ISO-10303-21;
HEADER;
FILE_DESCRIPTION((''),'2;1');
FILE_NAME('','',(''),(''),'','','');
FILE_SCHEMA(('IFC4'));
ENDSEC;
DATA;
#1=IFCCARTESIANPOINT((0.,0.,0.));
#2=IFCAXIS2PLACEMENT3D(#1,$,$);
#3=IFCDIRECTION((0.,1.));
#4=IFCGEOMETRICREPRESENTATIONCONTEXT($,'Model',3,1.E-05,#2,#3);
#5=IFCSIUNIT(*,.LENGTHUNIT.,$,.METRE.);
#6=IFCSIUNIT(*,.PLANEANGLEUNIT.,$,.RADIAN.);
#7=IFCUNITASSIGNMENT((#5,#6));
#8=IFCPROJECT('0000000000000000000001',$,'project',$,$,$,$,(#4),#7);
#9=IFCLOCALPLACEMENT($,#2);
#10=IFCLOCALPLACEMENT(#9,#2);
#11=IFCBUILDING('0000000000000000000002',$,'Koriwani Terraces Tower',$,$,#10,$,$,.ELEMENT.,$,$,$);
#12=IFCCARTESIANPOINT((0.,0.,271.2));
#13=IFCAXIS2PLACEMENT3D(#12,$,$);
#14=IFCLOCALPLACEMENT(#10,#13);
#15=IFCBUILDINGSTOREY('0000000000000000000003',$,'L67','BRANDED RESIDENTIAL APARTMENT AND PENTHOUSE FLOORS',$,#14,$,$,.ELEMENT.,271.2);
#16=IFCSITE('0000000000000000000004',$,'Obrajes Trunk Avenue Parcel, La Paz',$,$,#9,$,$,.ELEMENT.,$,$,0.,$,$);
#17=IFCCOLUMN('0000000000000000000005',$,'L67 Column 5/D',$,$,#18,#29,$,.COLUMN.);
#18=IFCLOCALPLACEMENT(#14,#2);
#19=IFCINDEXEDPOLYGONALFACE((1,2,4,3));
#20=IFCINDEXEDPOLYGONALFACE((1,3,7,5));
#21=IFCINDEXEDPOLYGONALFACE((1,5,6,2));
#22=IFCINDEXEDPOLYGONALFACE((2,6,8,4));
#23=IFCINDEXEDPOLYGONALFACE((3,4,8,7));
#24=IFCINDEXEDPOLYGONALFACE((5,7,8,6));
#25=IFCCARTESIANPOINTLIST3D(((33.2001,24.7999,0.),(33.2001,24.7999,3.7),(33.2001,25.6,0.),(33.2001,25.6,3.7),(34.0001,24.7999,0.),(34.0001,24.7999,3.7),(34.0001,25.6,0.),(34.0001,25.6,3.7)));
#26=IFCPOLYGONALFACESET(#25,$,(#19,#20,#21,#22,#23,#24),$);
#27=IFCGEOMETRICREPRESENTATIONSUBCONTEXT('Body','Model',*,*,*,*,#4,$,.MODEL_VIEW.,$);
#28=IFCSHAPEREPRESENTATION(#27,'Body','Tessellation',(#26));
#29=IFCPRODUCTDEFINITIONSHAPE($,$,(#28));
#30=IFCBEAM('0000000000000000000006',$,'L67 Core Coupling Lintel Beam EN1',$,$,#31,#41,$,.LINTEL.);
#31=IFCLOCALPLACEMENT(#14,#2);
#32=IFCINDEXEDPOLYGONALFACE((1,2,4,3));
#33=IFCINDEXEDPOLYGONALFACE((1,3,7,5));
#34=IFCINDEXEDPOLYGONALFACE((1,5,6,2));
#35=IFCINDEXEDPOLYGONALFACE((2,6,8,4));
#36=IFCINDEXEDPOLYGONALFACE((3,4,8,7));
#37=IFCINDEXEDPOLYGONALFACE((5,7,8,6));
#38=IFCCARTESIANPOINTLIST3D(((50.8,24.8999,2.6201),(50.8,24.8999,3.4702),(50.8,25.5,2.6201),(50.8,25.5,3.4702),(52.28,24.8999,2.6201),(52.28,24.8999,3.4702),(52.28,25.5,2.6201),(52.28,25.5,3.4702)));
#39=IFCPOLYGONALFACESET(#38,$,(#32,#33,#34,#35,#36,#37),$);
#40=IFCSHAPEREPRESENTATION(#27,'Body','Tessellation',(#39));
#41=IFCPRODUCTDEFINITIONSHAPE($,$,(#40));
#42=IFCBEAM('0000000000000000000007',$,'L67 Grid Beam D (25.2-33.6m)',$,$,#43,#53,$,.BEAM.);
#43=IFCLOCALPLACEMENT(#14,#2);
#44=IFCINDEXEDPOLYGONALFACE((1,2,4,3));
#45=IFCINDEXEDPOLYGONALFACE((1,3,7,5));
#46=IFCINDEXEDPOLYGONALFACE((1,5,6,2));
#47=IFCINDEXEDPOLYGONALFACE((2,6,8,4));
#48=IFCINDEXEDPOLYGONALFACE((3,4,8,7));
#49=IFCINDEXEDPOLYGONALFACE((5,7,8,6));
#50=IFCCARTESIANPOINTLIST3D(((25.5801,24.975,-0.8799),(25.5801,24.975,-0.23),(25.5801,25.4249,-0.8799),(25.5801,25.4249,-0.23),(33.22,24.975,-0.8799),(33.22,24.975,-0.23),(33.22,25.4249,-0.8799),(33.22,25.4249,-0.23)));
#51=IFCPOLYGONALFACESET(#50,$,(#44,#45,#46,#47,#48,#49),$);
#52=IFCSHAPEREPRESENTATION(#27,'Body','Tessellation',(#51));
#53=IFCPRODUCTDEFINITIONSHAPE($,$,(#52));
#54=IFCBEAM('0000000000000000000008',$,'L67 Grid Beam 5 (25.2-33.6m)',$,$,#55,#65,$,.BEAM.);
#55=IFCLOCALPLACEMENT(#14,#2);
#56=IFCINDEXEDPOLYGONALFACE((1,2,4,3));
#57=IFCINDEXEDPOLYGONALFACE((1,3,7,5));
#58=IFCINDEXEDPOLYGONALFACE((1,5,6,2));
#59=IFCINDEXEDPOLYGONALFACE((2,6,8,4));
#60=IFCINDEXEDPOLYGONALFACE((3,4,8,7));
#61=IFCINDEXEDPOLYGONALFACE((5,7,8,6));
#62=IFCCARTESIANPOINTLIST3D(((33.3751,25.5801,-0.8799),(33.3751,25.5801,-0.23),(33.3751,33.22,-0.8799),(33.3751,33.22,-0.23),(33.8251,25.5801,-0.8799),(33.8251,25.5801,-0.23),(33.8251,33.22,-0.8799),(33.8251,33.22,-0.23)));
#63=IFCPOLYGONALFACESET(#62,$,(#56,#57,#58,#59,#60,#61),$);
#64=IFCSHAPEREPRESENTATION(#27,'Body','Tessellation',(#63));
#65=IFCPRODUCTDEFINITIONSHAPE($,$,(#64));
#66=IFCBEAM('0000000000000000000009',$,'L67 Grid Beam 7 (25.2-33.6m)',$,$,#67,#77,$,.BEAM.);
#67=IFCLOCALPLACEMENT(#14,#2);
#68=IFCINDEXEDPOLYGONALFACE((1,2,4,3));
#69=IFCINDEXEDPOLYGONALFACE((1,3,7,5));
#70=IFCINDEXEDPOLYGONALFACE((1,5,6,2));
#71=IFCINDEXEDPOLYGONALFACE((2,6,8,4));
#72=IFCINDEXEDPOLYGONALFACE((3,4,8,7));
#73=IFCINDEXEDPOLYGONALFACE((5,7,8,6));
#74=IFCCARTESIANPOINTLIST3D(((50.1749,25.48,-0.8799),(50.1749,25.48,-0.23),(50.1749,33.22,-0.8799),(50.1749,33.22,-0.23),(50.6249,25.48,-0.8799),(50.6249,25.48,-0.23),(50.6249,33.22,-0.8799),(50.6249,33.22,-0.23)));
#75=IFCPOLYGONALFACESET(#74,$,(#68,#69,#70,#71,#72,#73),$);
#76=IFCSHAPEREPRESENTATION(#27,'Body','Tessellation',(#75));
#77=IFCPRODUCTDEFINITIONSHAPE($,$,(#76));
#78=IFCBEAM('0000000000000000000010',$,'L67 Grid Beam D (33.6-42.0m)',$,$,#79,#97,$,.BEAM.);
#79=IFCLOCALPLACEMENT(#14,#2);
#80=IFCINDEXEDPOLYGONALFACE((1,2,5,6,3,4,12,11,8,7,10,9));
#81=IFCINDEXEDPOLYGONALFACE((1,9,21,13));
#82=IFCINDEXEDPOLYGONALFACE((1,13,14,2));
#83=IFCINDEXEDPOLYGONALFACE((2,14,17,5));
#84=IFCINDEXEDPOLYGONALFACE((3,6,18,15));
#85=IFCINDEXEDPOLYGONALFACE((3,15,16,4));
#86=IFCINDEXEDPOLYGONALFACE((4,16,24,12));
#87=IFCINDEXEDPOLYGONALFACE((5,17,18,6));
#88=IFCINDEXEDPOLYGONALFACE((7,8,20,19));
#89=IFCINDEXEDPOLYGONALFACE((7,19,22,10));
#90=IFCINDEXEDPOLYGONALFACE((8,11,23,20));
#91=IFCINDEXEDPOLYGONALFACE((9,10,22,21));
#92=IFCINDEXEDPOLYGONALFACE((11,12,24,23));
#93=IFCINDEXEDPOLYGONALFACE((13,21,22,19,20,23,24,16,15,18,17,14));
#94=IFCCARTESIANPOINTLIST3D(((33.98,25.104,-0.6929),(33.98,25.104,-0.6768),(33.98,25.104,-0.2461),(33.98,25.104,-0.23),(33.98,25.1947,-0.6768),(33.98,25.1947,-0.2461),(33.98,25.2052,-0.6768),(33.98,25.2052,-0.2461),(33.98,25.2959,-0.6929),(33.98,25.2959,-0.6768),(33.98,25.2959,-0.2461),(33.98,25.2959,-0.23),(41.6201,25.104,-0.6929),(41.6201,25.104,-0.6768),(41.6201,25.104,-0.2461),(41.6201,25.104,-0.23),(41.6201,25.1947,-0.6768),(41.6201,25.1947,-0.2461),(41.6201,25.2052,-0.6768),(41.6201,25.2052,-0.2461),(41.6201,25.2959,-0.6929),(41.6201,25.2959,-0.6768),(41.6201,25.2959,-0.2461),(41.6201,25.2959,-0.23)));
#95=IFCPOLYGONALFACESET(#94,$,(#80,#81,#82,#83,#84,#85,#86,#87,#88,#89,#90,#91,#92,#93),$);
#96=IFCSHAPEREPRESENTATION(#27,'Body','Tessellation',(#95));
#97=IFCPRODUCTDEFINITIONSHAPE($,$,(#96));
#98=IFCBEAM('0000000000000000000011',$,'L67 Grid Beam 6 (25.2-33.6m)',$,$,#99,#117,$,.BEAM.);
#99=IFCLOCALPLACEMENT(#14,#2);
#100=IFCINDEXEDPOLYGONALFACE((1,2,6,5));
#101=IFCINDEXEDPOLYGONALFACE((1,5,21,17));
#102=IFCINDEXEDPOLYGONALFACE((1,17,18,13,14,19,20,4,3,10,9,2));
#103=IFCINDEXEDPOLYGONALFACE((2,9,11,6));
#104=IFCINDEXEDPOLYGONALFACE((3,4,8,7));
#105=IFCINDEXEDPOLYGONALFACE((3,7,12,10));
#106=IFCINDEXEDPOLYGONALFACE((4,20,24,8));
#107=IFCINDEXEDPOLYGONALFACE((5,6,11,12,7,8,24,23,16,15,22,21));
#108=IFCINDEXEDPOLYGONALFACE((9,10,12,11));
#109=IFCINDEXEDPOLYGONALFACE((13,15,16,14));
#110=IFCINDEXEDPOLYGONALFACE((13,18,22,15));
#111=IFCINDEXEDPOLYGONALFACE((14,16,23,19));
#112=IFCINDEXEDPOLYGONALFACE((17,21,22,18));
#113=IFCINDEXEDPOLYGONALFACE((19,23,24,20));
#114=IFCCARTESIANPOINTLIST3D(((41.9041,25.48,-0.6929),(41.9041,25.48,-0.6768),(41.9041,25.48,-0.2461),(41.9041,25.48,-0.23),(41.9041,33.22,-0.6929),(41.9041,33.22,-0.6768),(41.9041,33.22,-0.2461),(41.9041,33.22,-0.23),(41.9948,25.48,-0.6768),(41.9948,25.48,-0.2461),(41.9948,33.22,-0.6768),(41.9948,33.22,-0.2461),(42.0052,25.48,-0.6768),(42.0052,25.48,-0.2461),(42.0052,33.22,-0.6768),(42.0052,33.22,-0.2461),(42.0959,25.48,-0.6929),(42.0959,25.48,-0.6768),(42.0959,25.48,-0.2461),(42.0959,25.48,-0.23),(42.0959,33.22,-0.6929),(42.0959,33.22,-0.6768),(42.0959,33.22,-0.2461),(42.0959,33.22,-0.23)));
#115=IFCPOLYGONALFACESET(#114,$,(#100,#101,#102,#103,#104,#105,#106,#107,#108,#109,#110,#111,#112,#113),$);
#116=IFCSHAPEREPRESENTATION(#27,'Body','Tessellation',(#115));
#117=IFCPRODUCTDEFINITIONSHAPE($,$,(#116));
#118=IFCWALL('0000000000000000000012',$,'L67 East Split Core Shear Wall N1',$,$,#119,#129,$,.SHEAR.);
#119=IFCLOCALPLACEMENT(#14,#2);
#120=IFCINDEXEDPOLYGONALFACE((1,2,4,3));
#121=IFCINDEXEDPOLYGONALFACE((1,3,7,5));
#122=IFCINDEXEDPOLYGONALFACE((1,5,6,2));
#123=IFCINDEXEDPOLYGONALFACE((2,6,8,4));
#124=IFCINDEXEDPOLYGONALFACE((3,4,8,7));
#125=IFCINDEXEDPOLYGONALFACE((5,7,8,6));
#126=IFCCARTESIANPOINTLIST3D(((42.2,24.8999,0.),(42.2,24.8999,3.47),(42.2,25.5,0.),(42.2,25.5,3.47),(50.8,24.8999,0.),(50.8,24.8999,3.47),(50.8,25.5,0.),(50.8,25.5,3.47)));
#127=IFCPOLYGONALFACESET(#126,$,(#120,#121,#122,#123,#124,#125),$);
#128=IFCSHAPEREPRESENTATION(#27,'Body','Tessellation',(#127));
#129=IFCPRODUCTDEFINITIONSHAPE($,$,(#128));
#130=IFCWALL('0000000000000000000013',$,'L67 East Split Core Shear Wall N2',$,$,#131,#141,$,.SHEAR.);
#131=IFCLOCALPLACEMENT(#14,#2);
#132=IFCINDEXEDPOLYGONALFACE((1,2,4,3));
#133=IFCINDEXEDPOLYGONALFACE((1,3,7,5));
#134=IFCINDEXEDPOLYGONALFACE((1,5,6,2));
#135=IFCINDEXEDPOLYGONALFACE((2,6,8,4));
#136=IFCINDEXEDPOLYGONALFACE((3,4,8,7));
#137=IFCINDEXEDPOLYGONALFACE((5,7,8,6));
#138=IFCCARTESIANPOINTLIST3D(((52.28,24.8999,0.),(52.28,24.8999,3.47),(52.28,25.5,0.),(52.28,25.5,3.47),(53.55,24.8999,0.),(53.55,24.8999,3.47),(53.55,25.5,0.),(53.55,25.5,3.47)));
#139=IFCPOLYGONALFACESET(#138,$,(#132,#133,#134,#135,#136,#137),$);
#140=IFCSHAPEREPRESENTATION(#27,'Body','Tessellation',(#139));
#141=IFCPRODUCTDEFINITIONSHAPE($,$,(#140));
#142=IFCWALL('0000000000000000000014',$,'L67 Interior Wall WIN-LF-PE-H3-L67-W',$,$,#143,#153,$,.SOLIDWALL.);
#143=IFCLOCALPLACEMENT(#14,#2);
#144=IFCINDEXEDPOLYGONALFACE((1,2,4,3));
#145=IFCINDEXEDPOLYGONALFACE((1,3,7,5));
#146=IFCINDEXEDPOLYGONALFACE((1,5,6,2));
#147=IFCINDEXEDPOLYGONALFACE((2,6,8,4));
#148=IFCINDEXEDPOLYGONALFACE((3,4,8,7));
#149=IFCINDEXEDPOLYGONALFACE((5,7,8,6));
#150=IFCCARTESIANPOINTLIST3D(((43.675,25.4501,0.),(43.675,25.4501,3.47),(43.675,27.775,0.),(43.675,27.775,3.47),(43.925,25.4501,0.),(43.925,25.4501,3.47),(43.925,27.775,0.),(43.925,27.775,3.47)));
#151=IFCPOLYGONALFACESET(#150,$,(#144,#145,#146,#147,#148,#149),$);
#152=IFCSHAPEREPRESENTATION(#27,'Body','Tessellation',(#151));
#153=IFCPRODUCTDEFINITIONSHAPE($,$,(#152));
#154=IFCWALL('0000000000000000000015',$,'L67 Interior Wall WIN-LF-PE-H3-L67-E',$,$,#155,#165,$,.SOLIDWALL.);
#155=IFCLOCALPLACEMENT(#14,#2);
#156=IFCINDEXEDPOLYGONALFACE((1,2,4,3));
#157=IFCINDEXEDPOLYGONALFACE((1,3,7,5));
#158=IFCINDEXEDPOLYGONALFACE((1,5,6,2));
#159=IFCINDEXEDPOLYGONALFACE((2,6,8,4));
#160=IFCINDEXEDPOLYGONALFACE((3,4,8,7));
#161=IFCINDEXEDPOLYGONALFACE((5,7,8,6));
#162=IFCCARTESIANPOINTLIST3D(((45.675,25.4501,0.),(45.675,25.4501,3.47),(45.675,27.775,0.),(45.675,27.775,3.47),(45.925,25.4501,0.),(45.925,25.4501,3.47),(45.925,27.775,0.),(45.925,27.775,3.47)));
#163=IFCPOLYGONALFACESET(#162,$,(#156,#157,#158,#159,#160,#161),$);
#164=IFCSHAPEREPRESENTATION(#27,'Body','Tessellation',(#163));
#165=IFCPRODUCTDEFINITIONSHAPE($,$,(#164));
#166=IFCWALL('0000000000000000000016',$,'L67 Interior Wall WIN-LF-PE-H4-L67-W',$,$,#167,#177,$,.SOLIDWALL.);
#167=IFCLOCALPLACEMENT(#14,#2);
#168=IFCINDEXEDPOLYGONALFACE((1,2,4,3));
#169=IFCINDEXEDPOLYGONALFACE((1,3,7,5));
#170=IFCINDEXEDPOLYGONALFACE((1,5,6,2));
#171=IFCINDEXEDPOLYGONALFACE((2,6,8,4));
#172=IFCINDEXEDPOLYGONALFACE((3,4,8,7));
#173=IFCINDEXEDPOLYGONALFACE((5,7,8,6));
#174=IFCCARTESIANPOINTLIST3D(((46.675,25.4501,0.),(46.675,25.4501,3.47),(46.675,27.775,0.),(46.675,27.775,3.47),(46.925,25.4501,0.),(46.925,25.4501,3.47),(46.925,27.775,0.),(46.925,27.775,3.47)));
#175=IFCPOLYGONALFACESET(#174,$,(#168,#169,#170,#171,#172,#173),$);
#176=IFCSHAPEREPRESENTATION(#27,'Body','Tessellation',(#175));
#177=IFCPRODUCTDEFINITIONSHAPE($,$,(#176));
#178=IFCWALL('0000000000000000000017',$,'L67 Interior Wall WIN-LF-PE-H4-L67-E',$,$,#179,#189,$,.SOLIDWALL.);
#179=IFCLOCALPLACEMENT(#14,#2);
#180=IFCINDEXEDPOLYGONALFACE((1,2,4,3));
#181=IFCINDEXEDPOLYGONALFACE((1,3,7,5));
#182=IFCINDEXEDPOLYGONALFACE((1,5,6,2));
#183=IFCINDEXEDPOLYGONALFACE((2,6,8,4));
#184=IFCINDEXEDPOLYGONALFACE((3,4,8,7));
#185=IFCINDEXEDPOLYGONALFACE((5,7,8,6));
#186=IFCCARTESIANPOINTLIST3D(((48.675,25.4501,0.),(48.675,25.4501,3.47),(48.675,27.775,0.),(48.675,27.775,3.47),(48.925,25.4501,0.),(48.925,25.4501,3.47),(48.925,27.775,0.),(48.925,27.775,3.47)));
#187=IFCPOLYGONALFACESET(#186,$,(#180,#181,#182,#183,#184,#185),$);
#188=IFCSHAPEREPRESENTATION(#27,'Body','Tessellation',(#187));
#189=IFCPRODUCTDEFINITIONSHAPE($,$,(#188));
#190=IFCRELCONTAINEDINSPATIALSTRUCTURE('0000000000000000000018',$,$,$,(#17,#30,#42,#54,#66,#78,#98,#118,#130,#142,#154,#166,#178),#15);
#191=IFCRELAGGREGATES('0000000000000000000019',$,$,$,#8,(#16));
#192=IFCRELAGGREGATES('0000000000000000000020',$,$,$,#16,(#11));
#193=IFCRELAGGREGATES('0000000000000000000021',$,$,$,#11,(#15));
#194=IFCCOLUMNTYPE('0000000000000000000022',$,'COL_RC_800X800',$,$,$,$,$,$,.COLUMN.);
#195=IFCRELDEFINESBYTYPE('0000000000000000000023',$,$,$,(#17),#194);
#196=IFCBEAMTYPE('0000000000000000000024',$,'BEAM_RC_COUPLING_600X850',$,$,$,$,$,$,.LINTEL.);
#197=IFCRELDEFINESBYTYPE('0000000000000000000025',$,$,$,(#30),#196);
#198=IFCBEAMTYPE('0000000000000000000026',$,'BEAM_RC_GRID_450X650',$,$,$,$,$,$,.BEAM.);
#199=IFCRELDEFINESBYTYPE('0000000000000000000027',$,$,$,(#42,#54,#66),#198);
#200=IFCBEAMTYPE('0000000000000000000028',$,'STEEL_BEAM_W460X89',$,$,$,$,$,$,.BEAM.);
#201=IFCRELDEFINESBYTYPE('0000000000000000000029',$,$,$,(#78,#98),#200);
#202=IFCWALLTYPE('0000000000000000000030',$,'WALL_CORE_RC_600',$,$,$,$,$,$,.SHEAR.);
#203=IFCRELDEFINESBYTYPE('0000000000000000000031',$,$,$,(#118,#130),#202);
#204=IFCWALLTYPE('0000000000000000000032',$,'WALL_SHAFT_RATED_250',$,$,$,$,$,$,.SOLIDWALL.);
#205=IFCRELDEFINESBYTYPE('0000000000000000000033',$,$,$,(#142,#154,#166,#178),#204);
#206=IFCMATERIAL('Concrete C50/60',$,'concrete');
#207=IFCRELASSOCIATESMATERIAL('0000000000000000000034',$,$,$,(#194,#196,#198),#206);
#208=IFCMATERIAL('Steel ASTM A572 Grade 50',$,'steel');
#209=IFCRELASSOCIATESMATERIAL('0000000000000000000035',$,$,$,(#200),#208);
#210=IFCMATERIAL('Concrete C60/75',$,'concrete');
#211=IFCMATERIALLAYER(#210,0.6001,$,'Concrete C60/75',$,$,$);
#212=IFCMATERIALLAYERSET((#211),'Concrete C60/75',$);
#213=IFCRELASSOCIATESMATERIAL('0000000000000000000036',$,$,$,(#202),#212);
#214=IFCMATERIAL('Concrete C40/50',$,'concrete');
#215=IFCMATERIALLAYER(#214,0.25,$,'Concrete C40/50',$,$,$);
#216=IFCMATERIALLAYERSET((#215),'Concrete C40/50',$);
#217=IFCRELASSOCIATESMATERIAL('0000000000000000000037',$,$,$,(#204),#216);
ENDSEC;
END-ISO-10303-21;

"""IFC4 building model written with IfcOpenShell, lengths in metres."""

from ifc_helpers import new_model, si_unit, direction, frame, frame_2d, origin, origin_2d, place, context, subcontext, project, spatial, rectangle, i_section, extrude, material, layer, layer_set, material_profile, profile_set, type_object, element, save


model = new_model("IFC4")

# Units and contexts
model_context = context("Model", 3, precision=1e-05, world=origin(), true_north=direction((0.0, 1.0)))
body_context = subcontext(model_context, "Body", "Model", "MODEL_VIEW")
ifc_project = project(units=[si_unit("LENGTHUNIT", "METRE"), si_unit("PLANEANGLEUNIT", "RADIAN")], contexts=[model_context])

# Site, building, storey
site_placement = place(None, origin())
site = spatial("IfcSite", under=ifc_project, at=site_placement, Name="Obrajes Trunk Avenue Parcel, La Paz", CompositionType="ELEMENT", RefElevation=0.0)
building_placement = place(site_placement, origin())
building = spatial("IfcBuilding", under=site, at=building_placement, Name="Koriwani Terraces Tower", CompositionType="ELEMENT")
storey_placement = place(building_placement, frame((0.0, 0.0, 271.2)))
storey = spatial("IfcBuildingStorey", under=building, at=storey_placement, Name="L67", Description="BRANDED RESIDENTIAL APARTMENT AND PENTHOUSE FLOORS", CompositionType="ELEMENT", Elevation=271.2)

# Column
ifc_material_1 = material(Name="Concrete C50/60", Category="concrete")
ifc_material_profile_1 = material_profile(ifc_material_1, rectangle(XDim=0.8, YDim=0.8, at=origin_2d()), Name="Concrete C50/60", Category="LoadBearing")
ifc_profile_set_1 = profile_set([ifc_material_profile_1], Name="Concrete C50/60")
column_type = type_object("IfcColumnType", Name="COL_RC_800X800", PredefinedType="COLUMN", material=ifc_profile_set_1)
column_placement = place(storey_placement, frame((33.6001, 25.2, 0.0), z_axis=(0.0, 0.0, 1.0), x_axis=(1.0, 0.0, 0.0)))
element("IfcColumn", 1, at=column_placement, inside=storey, type_object=column_type, Name="L67 Column 5/D", PredefinedType="COLUMN", context=body_context, shape_type="SweptSolid", body=[
    extrude(rectangle(XDim=0.8, YDim=0.8, at=origin_2d()), origin(), (0.0, 0.0, 1.0), 3.7),
])

# Beams
ifc_material_profile_2 = material_profile(ifc_material_1, rectangle(XDim=0.6001, YDim=0.8501, at=origin_2d()), Name="Concrete C50/60", Category="LoadBearing")
ifc_profile_set_2 = profile_set([ifc_material_profile_2], Name="Concrete C50/60")
beam_type_1 = type_object("IfcBeamType", Name="BEAM_RC_COUPLING_600X850", PredefinedType="LINTEL", material=ifc_profile_set_2)
beam_1_placement = place(storey_placement, frame((50.8, 25.2, 3.0452), z_axis=(1.0, 0.0, 0.0), x_axis=(0.0, 1.0, 0.0)))
element("IfcBeam", 2, at=beam_1_placement, inside=storey, type_object=beam_type_1, Name="L67 Core Coupling Lintel Beam EN1", PredefinedType="LINTEL", context=body_context, shape_type="SweptSolid", body=[
    extrude(rectangle(XDim=0.6001, YDim=0.8501, at=origin_2d()), origin(), (0.0, 0.0, 1.0), 1.48),
])
ifc_material_profile_3 = material_profile(ifc_material_1, rectangle(XDim=0.45, YDim=0.6499, at=origin_2d()), Name="Concrete C50/60", Category="LoadBearing")
ifc_profile_set_3 = profile_set([ifc_material_profile_3], Name="Concrete C50/60")
beam_type_2 = type_object("IfcBeamType", Name="BEAM_RC_GRID_450X650", PredefinedType="BEAM", material=ifc_profile_set_3)
for number, where, z_axis, x_axis, name in (
    (3, (25.5801, 25.2, -0.5549), (1.0, 0.0, 0.0), (0.0, 1.0, 0.0), "L67 Grid Beam D (25.2-33.6m)"),
    (4, (33.6001, 25.5801, -0.5549), (0.0, 1.0, 0.0), (-1.0, 0.0, 0.0), "L67 Grid Beam 5 (25.2-33.6m)"),
):
    element("IfcBeam", number, at=place(storey_placement, frame(where, z_axis=z_axis, x_axis=x_axis)), inside=storey, type_object=beam_type_2, Name=name, PredefinedType="BEAM", context=body_context, shape_type="SweptSolid", body=[
        extrude(rectangle(XDim=0.45, YDim=0.6499, at=origin_2d()), origin(), (0.0, 0.0, 1.0), 7.6399),
    ])
beam_2_placement = place(storey_placement, frame((50.3999, 25.48, -0.5549), z_axis=(0.0, 1.0, 0.0), x_axis=(-1.0, 0.0, 0.0)))
element("IfcBeam", 5, at=beam_2_placement, inside=storey, type_object=beam_type_2, Name="L67 Grid Beam 7 (25.2-33.6m)", PredefinedType="BEAM", context=body_context, shape_type="SweptSolid", body=[
    extrude(rectangle(XDim=0.45, YDim=0.6499, at=origin_2d()), origin(), (0.0, 0.0, 1.0), 7.74),
])
ifc_material_2 = material(Name="Steel ASTM A572 Grade 50", Category="steel")
ifc_material_profile_4 = material_profile(ifc_material_2, i_section(OverallWidth=0.1919, OverallDepth=0.4629, WebThickness=0.0105, FlangeThickness=0.0161, at=origin_2d()), Name="Steel ASTM A572 Grade 50", Category="LoadBearing")
ifc_profile_set_4 = profile_set([ifc_material_profile_4], Name="Steel ASTM A572 Grade 50")
beam_type_3 = type_object("IfcBeamType", Name="STEEL_BEAM_W460X89", PredefinedType="BEAM", material=ifc_profile_set_4)
beam_3_placement = place(storey_placement, frame((33.98, 25.2, -0.4614), z_axis=(1.0, 0.0, 0.0), x_axis=(0.0, 1.0, 0.0)))
element("IfcBeam", 6, at=beam_3_placement, inside=storey, type_object=beam_type_3, Name="L67 Grid Beam D (33.6-42.0m)", PredefinedType="BEAM", context=body_context, shape_type="SweptSolid", body=[
    extrude(i_section(OverallWidth=0.1919, OverallDepth=0.4629, WebThickness=0.0105, FlangeThickness=0.0161, at=origin_2d()), origin(), (0.0, 0.0, 1.0), 7.6401),
])
beam_4_placement = place(storey_placement, frame((42.0, 25.48, -0.4614), z_axis=(0.0, 1.0, 0.0), x_axis=(-1.0, 0.0, 0.0)))
element("IfcBeam", 7, at=beam_4_placement, inside=storey, type_object=beam_type_3, Name="L67 Grid Beam 6 (25.2-33.6m)", PredefinedType="BEAM", context=body_context, shape_type="SweptSolid", body=[
    extrude(i_section(OverallWidth=0.1919, OverallDepth=0.4629, WebThickness=0.0105, FlangeThickness=0.0161, at=origin_2d()), origin(), (0.0, 0.0, 1.0), 7.74),
])

# Walls
ifc_material_3 = material(Name="Concrete C60/75", Category="concrete")
ifc_layer_1 = layer(ifc_material_3, 0.6001, Name="Concrete C60/75")
ifc_layer_set_1 = layer_set([ifc_layer_1], Name="Concrete C60/75")
wall_type_1 = type_object("IfcWallType", Name="WALL_CORE_RC_600", PredefinedType="SHEAR", material=ifc_layer_set_1)
wall_1_placement = place(storey_placement, frame((42.2, 25.2, 0.0), z_axis=(0.0, 0.0, 1.0), x_axis=(1.0, 0.0, 0.0)))
element("IfcWall", 8, at=wall_1_placement, inside=storey, type_object=wall_type_1, Name="L67 East Split Core Shear Wall N1", PredefinedType="SHEAR", context=body_context, shape_type="SweptSolid", body=[
    extrude(rectangle(XDim=8.6001, YDim=0.6001, at=frame_2d((4.3, 0.0))), origin(), (0.0, 0.0, 1.0), 3.47),
])
wall_2_placement = place(storey_placement, frame((52.28, 25.2, 0.0), z_axis=(0.0, 0.0, 1.0), x_axis=(1.0, 0.0, 0.0)))
element("IfcWall", 9, at=wall_2_placement, inside=storey, type_object=wall_type_1, Name="L67 East Split Core Shear Wall N2", PredefinedType="SHEAR", context=body_context, shape_type="SweptSolid", body=[
    extrude(rectangle(XDim=1.27, YDim=0.6001, at=frame_2d((0.635, 0.0))), origin(), (0.0, 0.0, 1.0), 3.47),
])

# Shared definitions
ifc_material_4 = material(Name="Concrete C40/50", Category="concrete")
ifc_layer_2 = layer(ifc_material_4, 0.25, Name="Concrete C40/50")
ifc_layer_set_2 = layer_set([ifc_layer_2], Name="Concrete C40/50")
wall_type_2 = type_object("IfcWallType", Name="WALL_SHAFT_RATED_250", PredefinedType="SOLIDWALL", material=ifc_layer_set_2)

# Walls
for number, where, z_axis, x_axis, name in (
    (10, (43.8, 25.45, 0.0), (0.0, 0.0, 1.0), (0.0, 1.0, 0.0), "L67 Interior Wall WIN-LF-PE-H3-L67-W"),
    (11, (45.8, 25.45, 0.0), (0.0, 0.0, 1.0), (0.0, 1.0, 0.0), "L67 Interior Wall WIN-LF-PE-H3-L67-E"),
):
    element("IfcWall", number, at=place(storey_placement, frame(where, z_axis=z_axis, x_axis=x_axis)), inside=storey, type_object=wall_type_2, Name=name, PredefinedType="SOLIDWALL", context=body_context, shape_type="SweptSolid", body=[
        extrude(rectangle(XDim=2.325, YDim=0.25, at=frame_2d((1.1626, 0.0))), origin(), (0.0, 0.0, 1.0), 3.47),
    ])

# Walls
for number, where, z_axis, x_axis, name in (
    (12, (46.8, 25.45, 0.0), (0.0, 0.0, 1.0), (0.0, 1.0, 0.0), "L67 Interior Wall WIN-LF-PE-H4-L67-W"),
    (13, (48.8, 25.45, 0.0), (0.0, 0.0, 1.0), (0.0, 1.0, 0.0), "L67 Interior Wall WIN-LF-PE-H4-L67-E"),
):
    element("IfcWall", number, at=place(storey_placement, frame(where, z_axis=z_axis, x_axis=x_axis)), inside=storey, type_object=wall_type_2, Name=name, PredefinedType="SOLIDWALL", context=body_context, shape_type="SweptSolid", body=[
        extrude(rectangle(XDim=2.325, YDim=0.25, at=frame_2d((1.1626, 0.0))), origin(), (0.0, 0.0, 1.0), 3.47),
    ])

save(model, "model.ifc")
